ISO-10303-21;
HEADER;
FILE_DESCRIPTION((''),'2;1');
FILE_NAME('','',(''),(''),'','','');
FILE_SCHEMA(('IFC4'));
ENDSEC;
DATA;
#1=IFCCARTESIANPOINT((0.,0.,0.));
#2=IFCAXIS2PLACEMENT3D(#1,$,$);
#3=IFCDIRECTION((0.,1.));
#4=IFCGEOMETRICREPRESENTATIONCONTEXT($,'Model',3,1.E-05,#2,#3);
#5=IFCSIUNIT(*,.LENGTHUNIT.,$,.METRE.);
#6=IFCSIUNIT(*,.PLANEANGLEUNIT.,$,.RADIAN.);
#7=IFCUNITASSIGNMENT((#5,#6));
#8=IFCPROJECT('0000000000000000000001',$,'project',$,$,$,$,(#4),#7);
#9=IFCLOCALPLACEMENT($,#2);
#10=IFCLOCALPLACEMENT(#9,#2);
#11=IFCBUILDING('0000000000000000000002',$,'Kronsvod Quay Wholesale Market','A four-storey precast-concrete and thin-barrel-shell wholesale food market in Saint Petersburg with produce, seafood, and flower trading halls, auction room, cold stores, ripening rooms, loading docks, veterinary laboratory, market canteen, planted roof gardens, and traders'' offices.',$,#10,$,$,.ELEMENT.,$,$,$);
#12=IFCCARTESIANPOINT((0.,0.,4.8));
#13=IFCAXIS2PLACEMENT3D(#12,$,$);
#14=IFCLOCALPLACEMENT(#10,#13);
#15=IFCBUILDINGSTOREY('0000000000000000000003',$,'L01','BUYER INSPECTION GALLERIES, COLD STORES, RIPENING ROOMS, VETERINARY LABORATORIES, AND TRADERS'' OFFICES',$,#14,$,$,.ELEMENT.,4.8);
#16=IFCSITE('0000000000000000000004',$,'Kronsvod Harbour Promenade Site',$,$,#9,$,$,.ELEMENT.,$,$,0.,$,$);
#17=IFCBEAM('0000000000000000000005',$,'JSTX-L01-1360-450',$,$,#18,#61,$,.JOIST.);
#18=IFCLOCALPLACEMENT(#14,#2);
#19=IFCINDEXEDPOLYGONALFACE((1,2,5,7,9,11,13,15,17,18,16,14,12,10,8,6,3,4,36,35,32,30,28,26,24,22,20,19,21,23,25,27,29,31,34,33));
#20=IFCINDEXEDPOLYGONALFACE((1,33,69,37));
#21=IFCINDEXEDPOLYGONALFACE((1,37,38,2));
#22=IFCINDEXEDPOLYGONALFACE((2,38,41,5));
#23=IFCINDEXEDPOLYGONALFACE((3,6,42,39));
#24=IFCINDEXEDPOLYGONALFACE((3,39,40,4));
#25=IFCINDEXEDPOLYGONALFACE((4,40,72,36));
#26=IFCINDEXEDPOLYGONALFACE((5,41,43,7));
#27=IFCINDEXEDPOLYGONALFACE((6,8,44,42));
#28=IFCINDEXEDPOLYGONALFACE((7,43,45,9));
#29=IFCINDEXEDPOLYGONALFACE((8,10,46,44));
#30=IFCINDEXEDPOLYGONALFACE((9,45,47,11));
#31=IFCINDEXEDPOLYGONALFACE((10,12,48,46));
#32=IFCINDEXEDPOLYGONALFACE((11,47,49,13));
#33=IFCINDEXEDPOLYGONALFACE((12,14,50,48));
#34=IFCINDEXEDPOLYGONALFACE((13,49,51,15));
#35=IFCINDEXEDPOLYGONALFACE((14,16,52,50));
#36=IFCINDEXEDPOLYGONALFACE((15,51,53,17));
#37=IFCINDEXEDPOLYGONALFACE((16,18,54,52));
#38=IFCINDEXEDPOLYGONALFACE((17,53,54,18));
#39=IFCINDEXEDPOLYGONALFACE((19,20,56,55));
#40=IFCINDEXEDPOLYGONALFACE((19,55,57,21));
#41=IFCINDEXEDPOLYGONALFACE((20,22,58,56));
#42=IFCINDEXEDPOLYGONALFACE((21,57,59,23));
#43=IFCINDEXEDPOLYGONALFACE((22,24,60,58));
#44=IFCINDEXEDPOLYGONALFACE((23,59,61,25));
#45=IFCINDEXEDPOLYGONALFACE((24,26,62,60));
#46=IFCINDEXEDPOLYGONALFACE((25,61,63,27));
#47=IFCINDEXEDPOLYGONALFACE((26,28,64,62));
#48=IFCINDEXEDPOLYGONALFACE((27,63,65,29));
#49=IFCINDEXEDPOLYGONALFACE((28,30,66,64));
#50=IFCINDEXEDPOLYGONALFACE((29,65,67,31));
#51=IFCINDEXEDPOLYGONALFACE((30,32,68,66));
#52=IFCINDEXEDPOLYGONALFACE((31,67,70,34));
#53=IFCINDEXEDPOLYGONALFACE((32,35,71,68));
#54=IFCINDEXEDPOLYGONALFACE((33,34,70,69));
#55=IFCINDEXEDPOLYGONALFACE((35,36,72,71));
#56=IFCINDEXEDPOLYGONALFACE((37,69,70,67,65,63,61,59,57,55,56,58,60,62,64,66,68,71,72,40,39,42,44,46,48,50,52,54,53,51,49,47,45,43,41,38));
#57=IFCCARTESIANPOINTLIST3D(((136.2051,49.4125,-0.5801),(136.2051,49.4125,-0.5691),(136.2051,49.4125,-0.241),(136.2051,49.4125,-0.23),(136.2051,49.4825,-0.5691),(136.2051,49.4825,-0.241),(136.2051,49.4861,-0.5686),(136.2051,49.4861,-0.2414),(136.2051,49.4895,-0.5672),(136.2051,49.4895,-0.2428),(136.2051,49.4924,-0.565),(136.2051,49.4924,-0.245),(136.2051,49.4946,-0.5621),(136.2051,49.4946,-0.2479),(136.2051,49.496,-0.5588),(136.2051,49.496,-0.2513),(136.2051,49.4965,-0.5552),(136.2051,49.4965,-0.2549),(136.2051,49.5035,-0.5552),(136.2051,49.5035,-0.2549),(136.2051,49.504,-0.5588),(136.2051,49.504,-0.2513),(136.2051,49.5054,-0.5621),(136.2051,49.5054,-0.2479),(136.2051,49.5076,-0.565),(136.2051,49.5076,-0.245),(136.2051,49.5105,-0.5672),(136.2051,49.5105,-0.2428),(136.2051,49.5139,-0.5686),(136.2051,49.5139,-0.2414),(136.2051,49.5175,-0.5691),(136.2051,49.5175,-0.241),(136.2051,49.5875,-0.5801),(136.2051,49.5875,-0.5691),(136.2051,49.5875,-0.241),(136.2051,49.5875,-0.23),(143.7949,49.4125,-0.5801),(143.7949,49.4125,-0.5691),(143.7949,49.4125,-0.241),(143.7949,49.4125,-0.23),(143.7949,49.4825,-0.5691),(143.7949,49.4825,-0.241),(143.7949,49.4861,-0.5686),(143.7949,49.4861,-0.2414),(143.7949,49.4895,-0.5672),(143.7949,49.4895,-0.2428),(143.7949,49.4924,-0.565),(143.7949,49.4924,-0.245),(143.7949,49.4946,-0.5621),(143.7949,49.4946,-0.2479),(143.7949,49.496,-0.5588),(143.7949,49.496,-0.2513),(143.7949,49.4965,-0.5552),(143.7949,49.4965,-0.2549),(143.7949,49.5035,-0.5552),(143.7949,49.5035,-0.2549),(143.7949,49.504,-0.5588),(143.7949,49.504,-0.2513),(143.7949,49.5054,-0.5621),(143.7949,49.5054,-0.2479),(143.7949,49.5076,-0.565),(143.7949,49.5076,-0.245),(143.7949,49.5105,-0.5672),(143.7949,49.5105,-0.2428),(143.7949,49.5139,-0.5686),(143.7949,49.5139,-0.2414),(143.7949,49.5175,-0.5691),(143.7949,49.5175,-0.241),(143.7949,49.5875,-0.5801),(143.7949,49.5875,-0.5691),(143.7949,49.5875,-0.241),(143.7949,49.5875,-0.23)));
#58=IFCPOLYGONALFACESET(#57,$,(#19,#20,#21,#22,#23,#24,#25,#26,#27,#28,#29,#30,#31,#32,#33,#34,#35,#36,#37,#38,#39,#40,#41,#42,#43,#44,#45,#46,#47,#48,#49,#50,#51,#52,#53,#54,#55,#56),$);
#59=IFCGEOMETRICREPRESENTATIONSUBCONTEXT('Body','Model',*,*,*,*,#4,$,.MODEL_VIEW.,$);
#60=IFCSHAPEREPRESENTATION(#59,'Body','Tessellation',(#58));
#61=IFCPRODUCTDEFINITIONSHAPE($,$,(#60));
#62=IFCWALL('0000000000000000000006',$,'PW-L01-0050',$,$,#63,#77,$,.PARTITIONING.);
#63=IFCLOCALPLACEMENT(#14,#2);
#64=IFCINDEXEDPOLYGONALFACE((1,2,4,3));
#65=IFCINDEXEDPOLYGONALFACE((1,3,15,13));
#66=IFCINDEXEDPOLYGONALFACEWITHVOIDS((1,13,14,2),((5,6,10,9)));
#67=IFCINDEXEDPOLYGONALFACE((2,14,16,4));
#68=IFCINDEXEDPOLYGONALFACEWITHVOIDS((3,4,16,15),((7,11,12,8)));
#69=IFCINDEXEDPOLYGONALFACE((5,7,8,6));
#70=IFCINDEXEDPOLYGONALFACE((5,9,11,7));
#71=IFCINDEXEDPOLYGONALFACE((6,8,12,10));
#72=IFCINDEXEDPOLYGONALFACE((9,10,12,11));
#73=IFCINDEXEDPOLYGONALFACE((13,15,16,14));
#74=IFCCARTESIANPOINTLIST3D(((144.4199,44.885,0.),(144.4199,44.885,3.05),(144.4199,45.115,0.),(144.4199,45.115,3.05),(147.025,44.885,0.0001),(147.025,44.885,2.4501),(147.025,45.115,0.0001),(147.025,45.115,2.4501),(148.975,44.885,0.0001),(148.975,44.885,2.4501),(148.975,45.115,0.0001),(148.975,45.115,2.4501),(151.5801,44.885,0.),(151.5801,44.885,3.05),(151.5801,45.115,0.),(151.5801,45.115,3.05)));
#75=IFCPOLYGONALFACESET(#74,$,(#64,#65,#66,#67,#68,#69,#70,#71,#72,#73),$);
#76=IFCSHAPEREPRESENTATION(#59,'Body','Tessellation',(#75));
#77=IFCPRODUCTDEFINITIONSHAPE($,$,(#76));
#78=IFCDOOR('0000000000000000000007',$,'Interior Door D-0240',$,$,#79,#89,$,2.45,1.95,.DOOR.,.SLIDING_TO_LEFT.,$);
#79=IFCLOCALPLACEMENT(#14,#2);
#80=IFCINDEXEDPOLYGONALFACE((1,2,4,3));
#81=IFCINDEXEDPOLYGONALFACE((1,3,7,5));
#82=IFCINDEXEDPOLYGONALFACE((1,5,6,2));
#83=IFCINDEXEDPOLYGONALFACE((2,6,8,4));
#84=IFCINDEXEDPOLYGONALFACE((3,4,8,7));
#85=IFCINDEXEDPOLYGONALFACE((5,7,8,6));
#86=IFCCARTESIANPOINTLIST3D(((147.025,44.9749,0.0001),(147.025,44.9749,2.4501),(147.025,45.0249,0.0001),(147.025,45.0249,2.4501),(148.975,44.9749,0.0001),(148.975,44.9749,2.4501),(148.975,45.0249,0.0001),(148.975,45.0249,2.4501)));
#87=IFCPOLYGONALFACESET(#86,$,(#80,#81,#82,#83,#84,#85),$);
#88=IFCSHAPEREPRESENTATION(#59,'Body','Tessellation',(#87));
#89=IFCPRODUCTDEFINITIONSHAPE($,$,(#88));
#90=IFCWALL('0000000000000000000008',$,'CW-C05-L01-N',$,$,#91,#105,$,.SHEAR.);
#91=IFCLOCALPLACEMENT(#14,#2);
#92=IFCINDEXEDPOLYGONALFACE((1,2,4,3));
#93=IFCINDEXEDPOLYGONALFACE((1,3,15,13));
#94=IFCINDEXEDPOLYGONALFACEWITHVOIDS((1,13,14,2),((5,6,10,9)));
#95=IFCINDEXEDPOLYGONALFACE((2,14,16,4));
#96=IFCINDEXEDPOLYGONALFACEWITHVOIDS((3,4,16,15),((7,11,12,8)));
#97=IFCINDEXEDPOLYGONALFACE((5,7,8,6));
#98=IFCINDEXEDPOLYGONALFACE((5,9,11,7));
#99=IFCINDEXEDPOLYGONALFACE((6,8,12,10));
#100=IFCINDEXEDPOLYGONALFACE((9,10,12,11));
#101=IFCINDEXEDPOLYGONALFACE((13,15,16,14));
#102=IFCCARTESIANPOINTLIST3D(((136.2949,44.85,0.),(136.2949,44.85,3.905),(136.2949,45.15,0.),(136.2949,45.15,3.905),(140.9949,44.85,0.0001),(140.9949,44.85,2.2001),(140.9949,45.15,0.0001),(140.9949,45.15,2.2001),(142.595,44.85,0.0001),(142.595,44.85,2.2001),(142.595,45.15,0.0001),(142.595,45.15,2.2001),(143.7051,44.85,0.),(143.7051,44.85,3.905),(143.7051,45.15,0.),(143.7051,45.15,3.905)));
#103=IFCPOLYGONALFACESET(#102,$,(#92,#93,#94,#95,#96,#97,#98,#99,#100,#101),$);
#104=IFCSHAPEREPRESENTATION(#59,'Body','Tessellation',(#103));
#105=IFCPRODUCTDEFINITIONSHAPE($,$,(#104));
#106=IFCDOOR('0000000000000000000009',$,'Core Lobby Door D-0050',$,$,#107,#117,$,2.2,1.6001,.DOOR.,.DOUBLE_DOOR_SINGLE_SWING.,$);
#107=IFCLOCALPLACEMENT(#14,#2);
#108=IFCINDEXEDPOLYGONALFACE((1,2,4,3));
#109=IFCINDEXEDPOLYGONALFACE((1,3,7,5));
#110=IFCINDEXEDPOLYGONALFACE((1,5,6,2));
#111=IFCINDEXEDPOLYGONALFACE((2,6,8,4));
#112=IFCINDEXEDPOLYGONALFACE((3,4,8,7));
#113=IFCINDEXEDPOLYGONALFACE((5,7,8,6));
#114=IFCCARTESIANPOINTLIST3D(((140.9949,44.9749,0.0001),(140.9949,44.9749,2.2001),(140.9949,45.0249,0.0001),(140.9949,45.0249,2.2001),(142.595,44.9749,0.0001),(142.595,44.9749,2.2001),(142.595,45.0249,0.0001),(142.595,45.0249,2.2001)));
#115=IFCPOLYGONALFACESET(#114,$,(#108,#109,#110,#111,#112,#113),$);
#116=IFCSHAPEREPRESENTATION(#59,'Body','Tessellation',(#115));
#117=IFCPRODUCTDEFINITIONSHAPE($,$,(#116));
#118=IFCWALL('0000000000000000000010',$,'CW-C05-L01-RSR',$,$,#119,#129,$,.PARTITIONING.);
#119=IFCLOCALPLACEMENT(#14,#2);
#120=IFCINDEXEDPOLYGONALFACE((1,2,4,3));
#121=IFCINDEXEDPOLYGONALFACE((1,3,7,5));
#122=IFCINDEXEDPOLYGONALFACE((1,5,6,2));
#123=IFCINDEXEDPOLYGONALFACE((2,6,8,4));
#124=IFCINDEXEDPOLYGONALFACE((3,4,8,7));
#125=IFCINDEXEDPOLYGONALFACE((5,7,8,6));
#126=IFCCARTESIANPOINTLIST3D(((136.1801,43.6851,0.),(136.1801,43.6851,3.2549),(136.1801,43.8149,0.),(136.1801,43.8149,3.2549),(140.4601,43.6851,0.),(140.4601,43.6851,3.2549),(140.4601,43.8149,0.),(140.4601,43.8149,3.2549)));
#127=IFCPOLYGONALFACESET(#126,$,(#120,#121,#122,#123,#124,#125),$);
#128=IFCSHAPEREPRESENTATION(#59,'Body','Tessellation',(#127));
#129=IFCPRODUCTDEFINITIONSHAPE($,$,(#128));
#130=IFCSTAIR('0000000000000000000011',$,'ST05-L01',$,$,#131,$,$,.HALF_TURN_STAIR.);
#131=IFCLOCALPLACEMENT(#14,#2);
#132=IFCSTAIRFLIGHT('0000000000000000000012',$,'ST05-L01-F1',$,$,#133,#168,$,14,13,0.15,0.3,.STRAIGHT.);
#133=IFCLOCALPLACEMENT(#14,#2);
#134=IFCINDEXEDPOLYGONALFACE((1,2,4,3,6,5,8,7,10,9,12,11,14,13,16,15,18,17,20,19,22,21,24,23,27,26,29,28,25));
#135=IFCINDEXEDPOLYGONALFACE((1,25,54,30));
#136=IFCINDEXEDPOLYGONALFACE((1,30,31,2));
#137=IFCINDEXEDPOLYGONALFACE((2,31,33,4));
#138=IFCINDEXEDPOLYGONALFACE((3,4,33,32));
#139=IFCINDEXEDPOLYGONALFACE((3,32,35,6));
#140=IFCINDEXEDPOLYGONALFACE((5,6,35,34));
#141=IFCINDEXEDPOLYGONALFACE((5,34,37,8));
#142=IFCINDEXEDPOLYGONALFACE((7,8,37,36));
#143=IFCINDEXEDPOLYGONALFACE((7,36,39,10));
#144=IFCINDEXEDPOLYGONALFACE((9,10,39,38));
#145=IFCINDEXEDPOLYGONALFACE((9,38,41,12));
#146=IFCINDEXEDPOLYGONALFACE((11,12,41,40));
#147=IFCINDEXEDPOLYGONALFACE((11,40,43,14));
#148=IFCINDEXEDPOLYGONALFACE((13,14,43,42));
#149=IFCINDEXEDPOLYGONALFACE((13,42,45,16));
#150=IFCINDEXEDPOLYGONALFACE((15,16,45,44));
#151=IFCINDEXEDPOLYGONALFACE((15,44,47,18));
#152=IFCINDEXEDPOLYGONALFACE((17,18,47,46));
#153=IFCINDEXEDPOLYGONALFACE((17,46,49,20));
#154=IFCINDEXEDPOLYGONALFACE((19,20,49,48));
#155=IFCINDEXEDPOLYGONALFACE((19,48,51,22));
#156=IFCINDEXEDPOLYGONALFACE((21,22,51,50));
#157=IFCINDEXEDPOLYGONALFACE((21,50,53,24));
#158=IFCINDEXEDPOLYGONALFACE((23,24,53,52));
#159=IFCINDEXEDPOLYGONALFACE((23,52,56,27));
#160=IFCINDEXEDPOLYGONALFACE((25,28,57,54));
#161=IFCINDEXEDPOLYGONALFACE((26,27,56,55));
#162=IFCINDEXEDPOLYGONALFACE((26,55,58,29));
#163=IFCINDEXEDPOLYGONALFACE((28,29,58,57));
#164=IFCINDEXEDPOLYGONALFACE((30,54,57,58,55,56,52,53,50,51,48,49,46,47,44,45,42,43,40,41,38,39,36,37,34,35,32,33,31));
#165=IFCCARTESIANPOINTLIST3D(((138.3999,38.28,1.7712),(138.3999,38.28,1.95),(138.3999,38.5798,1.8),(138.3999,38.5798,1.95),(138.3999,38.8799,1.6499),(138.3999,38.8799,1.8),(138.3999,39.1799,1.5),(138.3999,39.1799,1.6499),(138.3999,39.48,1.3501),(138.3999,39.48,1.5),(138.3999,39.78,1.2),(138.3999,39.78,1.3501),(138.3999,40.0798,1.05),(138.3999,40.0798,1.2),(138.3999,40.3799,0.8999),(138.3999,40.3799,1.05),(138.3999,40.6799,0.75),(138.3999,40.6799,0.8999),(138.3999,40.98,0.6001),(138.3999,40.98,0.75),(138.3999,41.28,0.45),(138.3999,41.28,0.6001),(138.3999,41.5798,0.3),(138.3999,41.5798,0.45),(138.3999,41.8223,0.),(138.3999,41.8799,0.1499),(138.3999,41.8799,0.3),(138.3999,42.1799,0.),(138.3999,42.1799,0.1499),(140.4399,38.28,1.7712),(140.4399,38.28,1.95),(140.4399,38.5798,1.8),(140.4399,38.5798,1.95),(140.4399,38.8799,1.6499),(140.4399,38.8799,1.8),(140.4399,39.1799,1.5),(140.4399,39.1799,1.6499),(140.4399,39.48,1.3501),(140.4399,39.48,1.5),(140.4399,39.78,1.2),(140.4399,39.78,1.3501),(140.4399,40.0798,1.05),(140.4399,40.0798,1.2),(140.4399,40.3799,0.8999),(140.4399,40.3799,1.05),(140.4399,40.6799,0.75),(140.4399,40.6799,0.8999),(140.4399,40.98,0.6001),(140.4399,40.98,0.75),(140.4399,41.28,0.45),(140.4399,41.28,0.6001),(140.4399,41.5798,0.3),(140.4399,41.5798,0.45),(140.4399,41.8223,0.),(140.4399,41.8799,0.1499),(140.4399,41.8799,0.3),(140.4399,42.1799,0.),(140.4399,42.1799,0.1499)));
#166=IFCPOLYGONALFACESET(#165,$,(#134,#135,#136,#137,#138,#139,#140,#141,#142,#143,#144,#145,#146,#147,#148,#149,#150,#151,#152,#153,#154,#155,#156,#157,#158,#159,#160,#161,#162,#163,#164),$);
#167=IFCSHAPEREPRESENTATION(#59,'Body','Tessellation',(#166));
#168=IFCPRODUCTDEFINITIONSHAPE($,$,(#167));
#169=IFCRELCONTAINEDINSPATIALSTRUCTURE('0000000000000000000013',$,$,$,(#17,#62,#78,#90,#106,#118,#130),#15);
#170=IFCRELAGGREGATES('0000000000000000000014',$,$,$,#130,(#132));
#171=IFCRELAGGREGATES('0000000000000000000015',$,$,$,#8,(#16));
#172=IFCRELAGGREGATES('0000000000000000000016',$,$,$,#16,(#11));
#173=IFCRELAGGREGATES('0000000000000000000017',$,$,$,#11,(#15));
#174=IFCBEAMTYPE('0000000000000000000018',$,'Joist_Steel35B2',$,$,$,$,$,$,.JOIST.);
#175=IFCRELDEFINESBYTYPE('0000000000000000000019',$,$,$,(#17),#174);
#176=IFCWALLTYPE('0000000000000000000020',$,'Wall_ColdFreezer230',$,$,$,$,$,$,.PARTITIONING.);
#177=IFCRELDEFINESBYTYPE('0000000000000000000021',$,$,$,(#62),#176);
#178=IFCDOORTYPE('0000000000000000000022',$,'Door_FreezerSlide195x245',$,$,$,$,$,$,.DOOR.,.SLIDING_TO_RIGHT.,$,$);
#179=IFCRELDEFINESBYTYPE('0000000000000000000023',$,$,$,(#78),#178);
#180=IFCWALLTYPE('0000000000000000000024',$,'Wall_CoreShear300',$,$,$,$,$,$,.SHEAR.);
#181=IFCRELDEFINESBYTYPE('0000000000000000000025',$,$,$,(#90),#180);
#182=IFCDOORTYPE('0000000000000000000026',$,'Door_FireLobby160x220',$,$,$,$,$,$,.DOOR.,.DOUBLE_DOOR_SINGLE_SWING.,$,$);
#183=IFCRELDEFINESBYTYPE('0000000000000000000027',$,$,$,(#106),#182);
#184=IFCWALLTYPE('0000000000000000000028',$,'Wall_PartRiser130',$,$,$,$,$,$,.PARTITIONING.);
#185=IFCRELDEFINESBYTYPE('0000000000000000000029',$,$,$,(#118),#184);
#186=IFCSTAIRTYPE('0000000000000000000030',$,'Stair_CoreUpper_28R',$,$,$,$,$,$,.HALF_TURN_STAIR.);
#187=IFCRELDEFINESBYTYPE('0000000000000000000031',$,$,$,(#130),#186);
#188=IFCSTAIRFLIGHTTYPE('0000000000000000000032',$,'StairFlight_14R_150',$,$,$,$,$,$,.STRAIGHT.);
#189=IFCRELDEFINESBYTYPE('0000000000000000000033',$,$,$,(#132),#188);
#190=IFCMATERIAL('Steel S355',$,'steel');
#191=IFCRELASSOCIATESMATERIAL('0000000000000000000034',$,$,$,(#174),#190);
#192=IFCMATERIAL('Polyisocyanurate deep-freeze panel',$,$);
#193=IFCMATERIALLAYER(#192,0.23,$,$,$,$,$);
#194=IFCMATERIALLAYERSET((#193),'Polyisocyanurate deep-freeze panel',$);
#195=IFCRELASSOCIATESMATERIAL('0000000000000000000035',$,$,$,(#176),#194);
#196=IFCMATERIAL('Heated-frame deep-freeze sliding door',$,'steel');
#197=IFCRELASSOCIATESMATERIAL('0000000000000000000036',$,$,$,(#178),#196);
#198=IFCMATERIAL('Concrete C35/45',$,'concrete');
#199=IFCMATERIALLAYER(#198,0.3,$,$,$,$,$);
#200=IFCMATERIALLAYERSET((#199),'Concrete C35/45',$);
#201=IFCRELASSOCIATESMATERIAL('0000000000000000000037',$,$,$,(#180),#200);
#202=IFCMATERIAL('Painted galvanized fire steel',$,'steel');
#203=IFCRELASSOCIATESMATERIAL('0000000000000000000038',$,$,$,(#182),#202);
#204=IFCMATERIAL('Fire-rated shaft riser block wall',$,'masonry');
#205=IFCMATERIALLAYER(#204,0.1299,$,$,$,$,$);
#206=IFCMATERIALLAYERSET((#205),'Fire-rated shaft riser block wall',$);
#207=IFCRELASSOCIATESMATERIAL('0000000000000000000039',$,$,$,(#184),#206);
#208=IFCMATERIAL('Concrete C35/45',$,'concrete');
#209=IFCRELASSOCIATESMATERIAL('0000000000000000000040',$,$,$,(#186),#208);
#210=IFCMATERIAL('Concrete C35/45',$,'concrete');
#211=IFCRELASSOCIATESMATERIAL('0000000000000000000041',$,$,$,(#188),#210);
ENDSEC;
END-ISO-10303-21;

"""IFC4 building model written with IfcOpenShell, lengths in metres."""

from ifc_helpers import new_model, si_unit, direction, frame, frame_2d, origin, origin_2d, place, context, subcontext, project, spatial, polyline, rectangle, i_section, outline, extrude, material, layer, layer_set, material_profile, profile_set, type_object, element, fill, aggregate, save


model = new_model("IFC4")

# Units and contexts
model_context = context("Model", 3, precision=1e-05, world=origin(), true_north=direction((0.0, 1.0)))
body_context = subcontext(model_context, "Body", "Model", "MODEL_VIEW")
ifc_project = project(units=[si_unit("LENGTHUNIT", "METRE"), si_unit("PLANEANGLEUNIT", "RADIAN")], contexts=[model_context])

# Site, building, storey
site_placement = place(None, origin())
site = spatial("IfcSite", under=ifc_project, at=site_placement, Name="Kronsvod Harbour Promenade Site", CompositionType="ELEMENT", RefElevation=0.0)
building_placement = place(site_placement, origin())
building = spatial("IfcBuilding", under=site, at=building_placement, Name="Kronsvod Quay Wholesale Market", Description="A four-storey precast-concrete and thin-barrel-shell wholesale food market in Saint Petersburg with produce, seafood, and flower trading halls, auction room, cold stores, ripening rooms, loading docks, veterinary laboratory, market canteen, planted roof gardens, and traders' offices.", CompositionType="ELEMENT")
storey_placement = place(building_placement, frame((0.0, 0.0, 4.8)))
storey = spatial("IfcBuildingStorey", under=building, at=storey_placement, Name="L01", Description="BUYER INSPECTION GALLERIES, COLD STORES, RIPENING ROOMS, VETERINARY LABORATORIES, AND TRADERS' OFFICES", CompositionType="ELEMENT", Elevation=4.8)

# Beam
ifc_material_1 = material(Name="Steel S355", Category="steel")
ifc_material_profile_1 = material_profile(ifc_material_1, i_section(OverallWidth=0.175, OverallDepth=0.3501, WebThickness=0.0071, FlangeThickness=0.011, FilletRadius=0.0139, at=origin_2d()), Name="35B2")
ifc_profile_set_1 = profile_set([ifc_material_profile_1], Name="Steel S355")
beam_type_1 = type_object("IfcBeamType", Name="Joist_Steel35B2", PredefinedType="JOIST", material=ifc_profile_set_1)
beam_1_placement = place(storey_placement, frame((136.2051, 49.5, -0.405), z_axis=(1.0, 0.0, 0.0), x_axis=(0.0, 1.0, 0.0)))
element("IfcBeam", 1, at=beam_1_placement, inside=storey, type_object=beam_type_1, Name="JSTX-L01-1360-450", PredefinedType="JOIST", context=body_context, shape_type="SweptSolid", body=[
    extrude(i_section(OverallWidth=0.175, OverallDepth=0.3501, WebThickness=0.0071, FlangeThickness=0.011, FilletRadius=0.0139, at=origin_2d()), origin(), (0.0, 0.0, 1.0), 7.5898),
])

# Walls, openings, doors
ifc_material_2 = material(Name="Polyisocyanurate deep-freeze panel")
ifc_layer_1 = layer(ifc_material_2, 0.23)
ifc_layer_set_1 = layer_set([ifc_layer_1], Name="Polyisocyanurate deep-freeze panel")
wall_type_1 = type_object("IfcWallType", Name="Wall_ColdFreezer230", PredefinedType="PARTITIONING", material=ifc_layer_set_1)
wall_1_placement = place(storey_placement, frame((144.4199, 45.0, 0.0), z_axis=(0.0, 0.0, 1.0), x_axis=(1.0, 0.0, 0.0)))
wall_1 = element("IfcWall", 2, at=wall_1_placement, inside=storey, type_object=wall_type_1, Name="PW-L01-0050", PredefinedType="PARTITIONING", context=body_context, shape_type="SweptSolid", body=[
    extrude(rectangle(XDim=7.1602, YDim=0.23, at=frame_2d((3.5801, 0.0))), origin(), (0.0, 0.0, 1.0), 3.05),
])
opening_1_placement = place(wall_1_placement, frame((2.605, 0.0, 0.0)))
opening_1 = element("IfcOpeningElement", 3, at=opening_1_placement, cuts=wall_1, PredefinedType="OPENING", context=body_context, shape_type="SweptSolid", body=[
    extrude(rectangle(XDim=1.95, YDim=2.45, at=frame_2d((0.9751, 1.2251))), frame((0.0, 0.125, 0.0), z_axis=(0.0, -1.0, 0.0), x_axis=(1.0, 0.0, 0.0)), (0.0, 0.0, 1.0), 0.25),
])
ifc_material_3 = material(Name="Heated-frame deep-freeze sliding door", Category="steel")
door_type_1 = type_object("IfcDoorType", Name="Door_FreezerSlide195x245", OperationType="SLIDING_TO_RIGHT", PredefinedType="DOOR", material=ifc_material_3)
door_1_placement = place(opening_1_placement, origin())
door_1 = element("IfcDoor", 4, at=door_1_placement, inside=storey, type_object=door_type_1, Name="Interior Door D-0240", OperationType="SLIDING_TO_LEFT", OverallHeight=2.45, OverallWidth=1.95, PredefinedType="DOOR", context=body_context, shape_type="SweptSolid", body=[
    extrude(rectangle(XDim=1.95, YDim=2.45, at=frame_2d((0.9751, 1.2251))), frame((0.0, 0.0249, 0.0), z_axis=(0.0, -1.0, 0.0), x_axis=(1.0, 0.0, 0.0)), (0.0, 0.0, 1.0), 0.05),
])
fill(opening_1, door_1)
ifc_material_4 = material(Name="Concrete C35/45", Category="concrete")
ifc_layer_2 = layer(ifc_material_4, 0.3)
ifc_layer_set_2 = layer_set([ifc_layer_2], Name="Concrete C35/45")
wall_type_2 = type_object("IfcWallType", Name="Wall_CoreShear300", PredefinedType="SHEAR", material=ifc_layer_set_2)
wall_2_placement = place(storey_placement, frame((136.2949, 45.0, 0.0), z_axis=(0.0, 0.0, 1.0), x_axis=(1.0, 0.0, 0.0)))
wall_2 = element("IfcWall", 5, at=wall_2_placement, inside=storey, type_object=wall_type_2, Name="CW-C05-L01-N", PredefinedType="SHEAR", context=body_context, shape_type="SweptSolid", body=[
    extrude(rectangle(XDim=7.4102, YDim=0.3, at=frame_2d((3.7051, 0.0))), origin(), (0.0, 0.0, 1.0), 3.905),
])
opening_2_placement = place(wall_2_placement, frame((4.7, 0.0, 0.0)))
opening_2 = element("IfcOpeningElement", 6, at=opening_2_placement, cuts=wall_2, PredefinedType="OPENING", context=body_context, shape_type="SweptSolid", body=[
    extrude(rectangle(XDim=1.6001, YDim=2.2, at=frame_2d((0.8, 1.1001))), frame((0.0, 0.1602, 0.0), z_axis=(0.0, -1.0, 0.0), x_axis=(1.0, 0.0, 0.0)), (0.0, 0.0, 1.0), 0.3201),
])
ifc_material_5 = material(Name="Painted galvanized fire steel", Category="steel")
door_type_2 = type_object("IfcDoorType", Name="Door_FireLobby160x220", OperationType="DOUBLE_DOOR_SINGLE_SWING", PredefinedType="DOOR", material=ifc_material_5)
door_2_placement = place(opening_2_placement, origin())
door_2 = element("IfcDoor", 7, at=door_2_placement, inside=storey, type_object=door_type_2, Name="Core Lobby Door D-0050", OperationType="DOUBLE_DOOR_SINGLE_SWING", OverallHeight=2.2, OverallWidth=1.6001, PredefinedType="DOOR", context=body_context, shape_type="SweptSolid", body=[
    extrude(rectangle(XDim=1.6001, YDim=2.2, at=frame_2d((0.8, 1.1001))), frame((0.0, 0.0249, 0.0), z_axis=(0.0, -1.0, 0.0), x_axis=(1.0, 0.0, 0.0)), (0.0, 0.0, 1.0), 0.05),
])
fill(opening_2, door_2)

# Wall
ifc_material_6 = material(Name="Fire-rated shaft riser block wall", Category="masonry")
ifc_layer_3 = layer(ifc_material_6, 0.1299)
ifc_layer_set_3 = layer_set([ifc_layer_3], Name="Fire-rated shaft riser block wall")
wall_type_3 = type_object("IfcWallType", Name="Wall_PartRiser130", PredefinedType="PARTITIONING", material=ifc_layer_set_3)
wall_3_placement = place(storey_placement, frame((136.1799, 43.75, 0.0), z_axis=(0.0, 0.0, 1.0), x_axis=(1.0, 0.0, 0.0)))
element("IfcWall", 8, at=wall_3_placement, inside=storey, type_object=wall_type_3, Name="CW-C05-L01-RSR", PredefinedType="PARTITIONING", context=body_context, shape_type="SweptSolid", body=[
    extrude(rectangle(XDim=4.28, YDim=0.1299, at=frame_2d((2.1401, 0.0))), origin(), (0.0, 0.0, 1.0), 3.2549),
])

# Stair, stair flight
ifc_material_7 = material(Name="Concrete C35/45", Category="concrete")
stair_type = type_object("IfcStairType", Name="Stair_CoreUpper_28R", PredefinedType="HALF_TURN_STAIR", material=ifc_material_7)
stair_placement = place(storey_placement, origin())
stair = element("IfcStair", 9, at=stair_placement, inside=storey, type_object=stair_type, Name="ST05-L01", PredefinedType="HALF_TURN_STAIR")
ifc_material_8 = material(Name="Concrete C35/45", Category="concrete")
stair_flight_type = type_object("IfcStairFlightType", Name="StairFlight_14R_150", PredefinedType="STRAIGHT", material=ifc_material_8)
stair_flight_1_placement = place(storey_placement, frame((139.4199, 42.1799, 0.0), z_axis=(0.0, 0.0, 1.0), x_axis=(0.0, -1.0, 0.0)))
stair_flight_1 = element("IfcStairFlight", 10, at=stair_flight_1_placement, type_object=stair_flight_type, Name="ST05-L01-F1", NumberOfRisers=14, NumberOfTreads=13, PredefinedType="STRAIGHT", RiserHeight=0.15, TreadLength=0.3, context=body_context, shape_type="SweptSolid", body=[
    extrude(outline(polyline([(0.0, 0.0), (0.0, 0.1499), (0.3, 0.1499), (0.3, 0.3), (0.6001, 0.3), (0.6001, 0.45), (0.8999, 0.45), (0.8999, 0.6001), (1.2, 0.6001), (1.2, 0.75), (1.5, 0.75), (1.5, 0.8999), (1.8, 0.8999), (1.8, 1.05), (2.1001, 1.05), (2.1001, 1.2), (2.3999, 1.2), (2.3999, 1.3501), (2.7, 1.3501), (2.7, 1.5), (3.0, 1.5), (3.0, 1.6499), (3.3, 1.6499), (3.3, 1.8), (3.6001, 1.8), (3.6001, 1.95), (3.8999, 1.95), (3.8999, 2.1001), (3.8999, 1.7712), (0.3577, 0.0), (0.0, 0.0)])), frame((0.0, 1.02, 0.0), z_axis=(0.0, -1.0, 0.0), x_axis=(1.0, 0.0, 0.0)), (0.0, 0.0, 1.0), 2.04),
])
aggregate(stair, [stair_flight_1])

save(model, "model.ifc")
